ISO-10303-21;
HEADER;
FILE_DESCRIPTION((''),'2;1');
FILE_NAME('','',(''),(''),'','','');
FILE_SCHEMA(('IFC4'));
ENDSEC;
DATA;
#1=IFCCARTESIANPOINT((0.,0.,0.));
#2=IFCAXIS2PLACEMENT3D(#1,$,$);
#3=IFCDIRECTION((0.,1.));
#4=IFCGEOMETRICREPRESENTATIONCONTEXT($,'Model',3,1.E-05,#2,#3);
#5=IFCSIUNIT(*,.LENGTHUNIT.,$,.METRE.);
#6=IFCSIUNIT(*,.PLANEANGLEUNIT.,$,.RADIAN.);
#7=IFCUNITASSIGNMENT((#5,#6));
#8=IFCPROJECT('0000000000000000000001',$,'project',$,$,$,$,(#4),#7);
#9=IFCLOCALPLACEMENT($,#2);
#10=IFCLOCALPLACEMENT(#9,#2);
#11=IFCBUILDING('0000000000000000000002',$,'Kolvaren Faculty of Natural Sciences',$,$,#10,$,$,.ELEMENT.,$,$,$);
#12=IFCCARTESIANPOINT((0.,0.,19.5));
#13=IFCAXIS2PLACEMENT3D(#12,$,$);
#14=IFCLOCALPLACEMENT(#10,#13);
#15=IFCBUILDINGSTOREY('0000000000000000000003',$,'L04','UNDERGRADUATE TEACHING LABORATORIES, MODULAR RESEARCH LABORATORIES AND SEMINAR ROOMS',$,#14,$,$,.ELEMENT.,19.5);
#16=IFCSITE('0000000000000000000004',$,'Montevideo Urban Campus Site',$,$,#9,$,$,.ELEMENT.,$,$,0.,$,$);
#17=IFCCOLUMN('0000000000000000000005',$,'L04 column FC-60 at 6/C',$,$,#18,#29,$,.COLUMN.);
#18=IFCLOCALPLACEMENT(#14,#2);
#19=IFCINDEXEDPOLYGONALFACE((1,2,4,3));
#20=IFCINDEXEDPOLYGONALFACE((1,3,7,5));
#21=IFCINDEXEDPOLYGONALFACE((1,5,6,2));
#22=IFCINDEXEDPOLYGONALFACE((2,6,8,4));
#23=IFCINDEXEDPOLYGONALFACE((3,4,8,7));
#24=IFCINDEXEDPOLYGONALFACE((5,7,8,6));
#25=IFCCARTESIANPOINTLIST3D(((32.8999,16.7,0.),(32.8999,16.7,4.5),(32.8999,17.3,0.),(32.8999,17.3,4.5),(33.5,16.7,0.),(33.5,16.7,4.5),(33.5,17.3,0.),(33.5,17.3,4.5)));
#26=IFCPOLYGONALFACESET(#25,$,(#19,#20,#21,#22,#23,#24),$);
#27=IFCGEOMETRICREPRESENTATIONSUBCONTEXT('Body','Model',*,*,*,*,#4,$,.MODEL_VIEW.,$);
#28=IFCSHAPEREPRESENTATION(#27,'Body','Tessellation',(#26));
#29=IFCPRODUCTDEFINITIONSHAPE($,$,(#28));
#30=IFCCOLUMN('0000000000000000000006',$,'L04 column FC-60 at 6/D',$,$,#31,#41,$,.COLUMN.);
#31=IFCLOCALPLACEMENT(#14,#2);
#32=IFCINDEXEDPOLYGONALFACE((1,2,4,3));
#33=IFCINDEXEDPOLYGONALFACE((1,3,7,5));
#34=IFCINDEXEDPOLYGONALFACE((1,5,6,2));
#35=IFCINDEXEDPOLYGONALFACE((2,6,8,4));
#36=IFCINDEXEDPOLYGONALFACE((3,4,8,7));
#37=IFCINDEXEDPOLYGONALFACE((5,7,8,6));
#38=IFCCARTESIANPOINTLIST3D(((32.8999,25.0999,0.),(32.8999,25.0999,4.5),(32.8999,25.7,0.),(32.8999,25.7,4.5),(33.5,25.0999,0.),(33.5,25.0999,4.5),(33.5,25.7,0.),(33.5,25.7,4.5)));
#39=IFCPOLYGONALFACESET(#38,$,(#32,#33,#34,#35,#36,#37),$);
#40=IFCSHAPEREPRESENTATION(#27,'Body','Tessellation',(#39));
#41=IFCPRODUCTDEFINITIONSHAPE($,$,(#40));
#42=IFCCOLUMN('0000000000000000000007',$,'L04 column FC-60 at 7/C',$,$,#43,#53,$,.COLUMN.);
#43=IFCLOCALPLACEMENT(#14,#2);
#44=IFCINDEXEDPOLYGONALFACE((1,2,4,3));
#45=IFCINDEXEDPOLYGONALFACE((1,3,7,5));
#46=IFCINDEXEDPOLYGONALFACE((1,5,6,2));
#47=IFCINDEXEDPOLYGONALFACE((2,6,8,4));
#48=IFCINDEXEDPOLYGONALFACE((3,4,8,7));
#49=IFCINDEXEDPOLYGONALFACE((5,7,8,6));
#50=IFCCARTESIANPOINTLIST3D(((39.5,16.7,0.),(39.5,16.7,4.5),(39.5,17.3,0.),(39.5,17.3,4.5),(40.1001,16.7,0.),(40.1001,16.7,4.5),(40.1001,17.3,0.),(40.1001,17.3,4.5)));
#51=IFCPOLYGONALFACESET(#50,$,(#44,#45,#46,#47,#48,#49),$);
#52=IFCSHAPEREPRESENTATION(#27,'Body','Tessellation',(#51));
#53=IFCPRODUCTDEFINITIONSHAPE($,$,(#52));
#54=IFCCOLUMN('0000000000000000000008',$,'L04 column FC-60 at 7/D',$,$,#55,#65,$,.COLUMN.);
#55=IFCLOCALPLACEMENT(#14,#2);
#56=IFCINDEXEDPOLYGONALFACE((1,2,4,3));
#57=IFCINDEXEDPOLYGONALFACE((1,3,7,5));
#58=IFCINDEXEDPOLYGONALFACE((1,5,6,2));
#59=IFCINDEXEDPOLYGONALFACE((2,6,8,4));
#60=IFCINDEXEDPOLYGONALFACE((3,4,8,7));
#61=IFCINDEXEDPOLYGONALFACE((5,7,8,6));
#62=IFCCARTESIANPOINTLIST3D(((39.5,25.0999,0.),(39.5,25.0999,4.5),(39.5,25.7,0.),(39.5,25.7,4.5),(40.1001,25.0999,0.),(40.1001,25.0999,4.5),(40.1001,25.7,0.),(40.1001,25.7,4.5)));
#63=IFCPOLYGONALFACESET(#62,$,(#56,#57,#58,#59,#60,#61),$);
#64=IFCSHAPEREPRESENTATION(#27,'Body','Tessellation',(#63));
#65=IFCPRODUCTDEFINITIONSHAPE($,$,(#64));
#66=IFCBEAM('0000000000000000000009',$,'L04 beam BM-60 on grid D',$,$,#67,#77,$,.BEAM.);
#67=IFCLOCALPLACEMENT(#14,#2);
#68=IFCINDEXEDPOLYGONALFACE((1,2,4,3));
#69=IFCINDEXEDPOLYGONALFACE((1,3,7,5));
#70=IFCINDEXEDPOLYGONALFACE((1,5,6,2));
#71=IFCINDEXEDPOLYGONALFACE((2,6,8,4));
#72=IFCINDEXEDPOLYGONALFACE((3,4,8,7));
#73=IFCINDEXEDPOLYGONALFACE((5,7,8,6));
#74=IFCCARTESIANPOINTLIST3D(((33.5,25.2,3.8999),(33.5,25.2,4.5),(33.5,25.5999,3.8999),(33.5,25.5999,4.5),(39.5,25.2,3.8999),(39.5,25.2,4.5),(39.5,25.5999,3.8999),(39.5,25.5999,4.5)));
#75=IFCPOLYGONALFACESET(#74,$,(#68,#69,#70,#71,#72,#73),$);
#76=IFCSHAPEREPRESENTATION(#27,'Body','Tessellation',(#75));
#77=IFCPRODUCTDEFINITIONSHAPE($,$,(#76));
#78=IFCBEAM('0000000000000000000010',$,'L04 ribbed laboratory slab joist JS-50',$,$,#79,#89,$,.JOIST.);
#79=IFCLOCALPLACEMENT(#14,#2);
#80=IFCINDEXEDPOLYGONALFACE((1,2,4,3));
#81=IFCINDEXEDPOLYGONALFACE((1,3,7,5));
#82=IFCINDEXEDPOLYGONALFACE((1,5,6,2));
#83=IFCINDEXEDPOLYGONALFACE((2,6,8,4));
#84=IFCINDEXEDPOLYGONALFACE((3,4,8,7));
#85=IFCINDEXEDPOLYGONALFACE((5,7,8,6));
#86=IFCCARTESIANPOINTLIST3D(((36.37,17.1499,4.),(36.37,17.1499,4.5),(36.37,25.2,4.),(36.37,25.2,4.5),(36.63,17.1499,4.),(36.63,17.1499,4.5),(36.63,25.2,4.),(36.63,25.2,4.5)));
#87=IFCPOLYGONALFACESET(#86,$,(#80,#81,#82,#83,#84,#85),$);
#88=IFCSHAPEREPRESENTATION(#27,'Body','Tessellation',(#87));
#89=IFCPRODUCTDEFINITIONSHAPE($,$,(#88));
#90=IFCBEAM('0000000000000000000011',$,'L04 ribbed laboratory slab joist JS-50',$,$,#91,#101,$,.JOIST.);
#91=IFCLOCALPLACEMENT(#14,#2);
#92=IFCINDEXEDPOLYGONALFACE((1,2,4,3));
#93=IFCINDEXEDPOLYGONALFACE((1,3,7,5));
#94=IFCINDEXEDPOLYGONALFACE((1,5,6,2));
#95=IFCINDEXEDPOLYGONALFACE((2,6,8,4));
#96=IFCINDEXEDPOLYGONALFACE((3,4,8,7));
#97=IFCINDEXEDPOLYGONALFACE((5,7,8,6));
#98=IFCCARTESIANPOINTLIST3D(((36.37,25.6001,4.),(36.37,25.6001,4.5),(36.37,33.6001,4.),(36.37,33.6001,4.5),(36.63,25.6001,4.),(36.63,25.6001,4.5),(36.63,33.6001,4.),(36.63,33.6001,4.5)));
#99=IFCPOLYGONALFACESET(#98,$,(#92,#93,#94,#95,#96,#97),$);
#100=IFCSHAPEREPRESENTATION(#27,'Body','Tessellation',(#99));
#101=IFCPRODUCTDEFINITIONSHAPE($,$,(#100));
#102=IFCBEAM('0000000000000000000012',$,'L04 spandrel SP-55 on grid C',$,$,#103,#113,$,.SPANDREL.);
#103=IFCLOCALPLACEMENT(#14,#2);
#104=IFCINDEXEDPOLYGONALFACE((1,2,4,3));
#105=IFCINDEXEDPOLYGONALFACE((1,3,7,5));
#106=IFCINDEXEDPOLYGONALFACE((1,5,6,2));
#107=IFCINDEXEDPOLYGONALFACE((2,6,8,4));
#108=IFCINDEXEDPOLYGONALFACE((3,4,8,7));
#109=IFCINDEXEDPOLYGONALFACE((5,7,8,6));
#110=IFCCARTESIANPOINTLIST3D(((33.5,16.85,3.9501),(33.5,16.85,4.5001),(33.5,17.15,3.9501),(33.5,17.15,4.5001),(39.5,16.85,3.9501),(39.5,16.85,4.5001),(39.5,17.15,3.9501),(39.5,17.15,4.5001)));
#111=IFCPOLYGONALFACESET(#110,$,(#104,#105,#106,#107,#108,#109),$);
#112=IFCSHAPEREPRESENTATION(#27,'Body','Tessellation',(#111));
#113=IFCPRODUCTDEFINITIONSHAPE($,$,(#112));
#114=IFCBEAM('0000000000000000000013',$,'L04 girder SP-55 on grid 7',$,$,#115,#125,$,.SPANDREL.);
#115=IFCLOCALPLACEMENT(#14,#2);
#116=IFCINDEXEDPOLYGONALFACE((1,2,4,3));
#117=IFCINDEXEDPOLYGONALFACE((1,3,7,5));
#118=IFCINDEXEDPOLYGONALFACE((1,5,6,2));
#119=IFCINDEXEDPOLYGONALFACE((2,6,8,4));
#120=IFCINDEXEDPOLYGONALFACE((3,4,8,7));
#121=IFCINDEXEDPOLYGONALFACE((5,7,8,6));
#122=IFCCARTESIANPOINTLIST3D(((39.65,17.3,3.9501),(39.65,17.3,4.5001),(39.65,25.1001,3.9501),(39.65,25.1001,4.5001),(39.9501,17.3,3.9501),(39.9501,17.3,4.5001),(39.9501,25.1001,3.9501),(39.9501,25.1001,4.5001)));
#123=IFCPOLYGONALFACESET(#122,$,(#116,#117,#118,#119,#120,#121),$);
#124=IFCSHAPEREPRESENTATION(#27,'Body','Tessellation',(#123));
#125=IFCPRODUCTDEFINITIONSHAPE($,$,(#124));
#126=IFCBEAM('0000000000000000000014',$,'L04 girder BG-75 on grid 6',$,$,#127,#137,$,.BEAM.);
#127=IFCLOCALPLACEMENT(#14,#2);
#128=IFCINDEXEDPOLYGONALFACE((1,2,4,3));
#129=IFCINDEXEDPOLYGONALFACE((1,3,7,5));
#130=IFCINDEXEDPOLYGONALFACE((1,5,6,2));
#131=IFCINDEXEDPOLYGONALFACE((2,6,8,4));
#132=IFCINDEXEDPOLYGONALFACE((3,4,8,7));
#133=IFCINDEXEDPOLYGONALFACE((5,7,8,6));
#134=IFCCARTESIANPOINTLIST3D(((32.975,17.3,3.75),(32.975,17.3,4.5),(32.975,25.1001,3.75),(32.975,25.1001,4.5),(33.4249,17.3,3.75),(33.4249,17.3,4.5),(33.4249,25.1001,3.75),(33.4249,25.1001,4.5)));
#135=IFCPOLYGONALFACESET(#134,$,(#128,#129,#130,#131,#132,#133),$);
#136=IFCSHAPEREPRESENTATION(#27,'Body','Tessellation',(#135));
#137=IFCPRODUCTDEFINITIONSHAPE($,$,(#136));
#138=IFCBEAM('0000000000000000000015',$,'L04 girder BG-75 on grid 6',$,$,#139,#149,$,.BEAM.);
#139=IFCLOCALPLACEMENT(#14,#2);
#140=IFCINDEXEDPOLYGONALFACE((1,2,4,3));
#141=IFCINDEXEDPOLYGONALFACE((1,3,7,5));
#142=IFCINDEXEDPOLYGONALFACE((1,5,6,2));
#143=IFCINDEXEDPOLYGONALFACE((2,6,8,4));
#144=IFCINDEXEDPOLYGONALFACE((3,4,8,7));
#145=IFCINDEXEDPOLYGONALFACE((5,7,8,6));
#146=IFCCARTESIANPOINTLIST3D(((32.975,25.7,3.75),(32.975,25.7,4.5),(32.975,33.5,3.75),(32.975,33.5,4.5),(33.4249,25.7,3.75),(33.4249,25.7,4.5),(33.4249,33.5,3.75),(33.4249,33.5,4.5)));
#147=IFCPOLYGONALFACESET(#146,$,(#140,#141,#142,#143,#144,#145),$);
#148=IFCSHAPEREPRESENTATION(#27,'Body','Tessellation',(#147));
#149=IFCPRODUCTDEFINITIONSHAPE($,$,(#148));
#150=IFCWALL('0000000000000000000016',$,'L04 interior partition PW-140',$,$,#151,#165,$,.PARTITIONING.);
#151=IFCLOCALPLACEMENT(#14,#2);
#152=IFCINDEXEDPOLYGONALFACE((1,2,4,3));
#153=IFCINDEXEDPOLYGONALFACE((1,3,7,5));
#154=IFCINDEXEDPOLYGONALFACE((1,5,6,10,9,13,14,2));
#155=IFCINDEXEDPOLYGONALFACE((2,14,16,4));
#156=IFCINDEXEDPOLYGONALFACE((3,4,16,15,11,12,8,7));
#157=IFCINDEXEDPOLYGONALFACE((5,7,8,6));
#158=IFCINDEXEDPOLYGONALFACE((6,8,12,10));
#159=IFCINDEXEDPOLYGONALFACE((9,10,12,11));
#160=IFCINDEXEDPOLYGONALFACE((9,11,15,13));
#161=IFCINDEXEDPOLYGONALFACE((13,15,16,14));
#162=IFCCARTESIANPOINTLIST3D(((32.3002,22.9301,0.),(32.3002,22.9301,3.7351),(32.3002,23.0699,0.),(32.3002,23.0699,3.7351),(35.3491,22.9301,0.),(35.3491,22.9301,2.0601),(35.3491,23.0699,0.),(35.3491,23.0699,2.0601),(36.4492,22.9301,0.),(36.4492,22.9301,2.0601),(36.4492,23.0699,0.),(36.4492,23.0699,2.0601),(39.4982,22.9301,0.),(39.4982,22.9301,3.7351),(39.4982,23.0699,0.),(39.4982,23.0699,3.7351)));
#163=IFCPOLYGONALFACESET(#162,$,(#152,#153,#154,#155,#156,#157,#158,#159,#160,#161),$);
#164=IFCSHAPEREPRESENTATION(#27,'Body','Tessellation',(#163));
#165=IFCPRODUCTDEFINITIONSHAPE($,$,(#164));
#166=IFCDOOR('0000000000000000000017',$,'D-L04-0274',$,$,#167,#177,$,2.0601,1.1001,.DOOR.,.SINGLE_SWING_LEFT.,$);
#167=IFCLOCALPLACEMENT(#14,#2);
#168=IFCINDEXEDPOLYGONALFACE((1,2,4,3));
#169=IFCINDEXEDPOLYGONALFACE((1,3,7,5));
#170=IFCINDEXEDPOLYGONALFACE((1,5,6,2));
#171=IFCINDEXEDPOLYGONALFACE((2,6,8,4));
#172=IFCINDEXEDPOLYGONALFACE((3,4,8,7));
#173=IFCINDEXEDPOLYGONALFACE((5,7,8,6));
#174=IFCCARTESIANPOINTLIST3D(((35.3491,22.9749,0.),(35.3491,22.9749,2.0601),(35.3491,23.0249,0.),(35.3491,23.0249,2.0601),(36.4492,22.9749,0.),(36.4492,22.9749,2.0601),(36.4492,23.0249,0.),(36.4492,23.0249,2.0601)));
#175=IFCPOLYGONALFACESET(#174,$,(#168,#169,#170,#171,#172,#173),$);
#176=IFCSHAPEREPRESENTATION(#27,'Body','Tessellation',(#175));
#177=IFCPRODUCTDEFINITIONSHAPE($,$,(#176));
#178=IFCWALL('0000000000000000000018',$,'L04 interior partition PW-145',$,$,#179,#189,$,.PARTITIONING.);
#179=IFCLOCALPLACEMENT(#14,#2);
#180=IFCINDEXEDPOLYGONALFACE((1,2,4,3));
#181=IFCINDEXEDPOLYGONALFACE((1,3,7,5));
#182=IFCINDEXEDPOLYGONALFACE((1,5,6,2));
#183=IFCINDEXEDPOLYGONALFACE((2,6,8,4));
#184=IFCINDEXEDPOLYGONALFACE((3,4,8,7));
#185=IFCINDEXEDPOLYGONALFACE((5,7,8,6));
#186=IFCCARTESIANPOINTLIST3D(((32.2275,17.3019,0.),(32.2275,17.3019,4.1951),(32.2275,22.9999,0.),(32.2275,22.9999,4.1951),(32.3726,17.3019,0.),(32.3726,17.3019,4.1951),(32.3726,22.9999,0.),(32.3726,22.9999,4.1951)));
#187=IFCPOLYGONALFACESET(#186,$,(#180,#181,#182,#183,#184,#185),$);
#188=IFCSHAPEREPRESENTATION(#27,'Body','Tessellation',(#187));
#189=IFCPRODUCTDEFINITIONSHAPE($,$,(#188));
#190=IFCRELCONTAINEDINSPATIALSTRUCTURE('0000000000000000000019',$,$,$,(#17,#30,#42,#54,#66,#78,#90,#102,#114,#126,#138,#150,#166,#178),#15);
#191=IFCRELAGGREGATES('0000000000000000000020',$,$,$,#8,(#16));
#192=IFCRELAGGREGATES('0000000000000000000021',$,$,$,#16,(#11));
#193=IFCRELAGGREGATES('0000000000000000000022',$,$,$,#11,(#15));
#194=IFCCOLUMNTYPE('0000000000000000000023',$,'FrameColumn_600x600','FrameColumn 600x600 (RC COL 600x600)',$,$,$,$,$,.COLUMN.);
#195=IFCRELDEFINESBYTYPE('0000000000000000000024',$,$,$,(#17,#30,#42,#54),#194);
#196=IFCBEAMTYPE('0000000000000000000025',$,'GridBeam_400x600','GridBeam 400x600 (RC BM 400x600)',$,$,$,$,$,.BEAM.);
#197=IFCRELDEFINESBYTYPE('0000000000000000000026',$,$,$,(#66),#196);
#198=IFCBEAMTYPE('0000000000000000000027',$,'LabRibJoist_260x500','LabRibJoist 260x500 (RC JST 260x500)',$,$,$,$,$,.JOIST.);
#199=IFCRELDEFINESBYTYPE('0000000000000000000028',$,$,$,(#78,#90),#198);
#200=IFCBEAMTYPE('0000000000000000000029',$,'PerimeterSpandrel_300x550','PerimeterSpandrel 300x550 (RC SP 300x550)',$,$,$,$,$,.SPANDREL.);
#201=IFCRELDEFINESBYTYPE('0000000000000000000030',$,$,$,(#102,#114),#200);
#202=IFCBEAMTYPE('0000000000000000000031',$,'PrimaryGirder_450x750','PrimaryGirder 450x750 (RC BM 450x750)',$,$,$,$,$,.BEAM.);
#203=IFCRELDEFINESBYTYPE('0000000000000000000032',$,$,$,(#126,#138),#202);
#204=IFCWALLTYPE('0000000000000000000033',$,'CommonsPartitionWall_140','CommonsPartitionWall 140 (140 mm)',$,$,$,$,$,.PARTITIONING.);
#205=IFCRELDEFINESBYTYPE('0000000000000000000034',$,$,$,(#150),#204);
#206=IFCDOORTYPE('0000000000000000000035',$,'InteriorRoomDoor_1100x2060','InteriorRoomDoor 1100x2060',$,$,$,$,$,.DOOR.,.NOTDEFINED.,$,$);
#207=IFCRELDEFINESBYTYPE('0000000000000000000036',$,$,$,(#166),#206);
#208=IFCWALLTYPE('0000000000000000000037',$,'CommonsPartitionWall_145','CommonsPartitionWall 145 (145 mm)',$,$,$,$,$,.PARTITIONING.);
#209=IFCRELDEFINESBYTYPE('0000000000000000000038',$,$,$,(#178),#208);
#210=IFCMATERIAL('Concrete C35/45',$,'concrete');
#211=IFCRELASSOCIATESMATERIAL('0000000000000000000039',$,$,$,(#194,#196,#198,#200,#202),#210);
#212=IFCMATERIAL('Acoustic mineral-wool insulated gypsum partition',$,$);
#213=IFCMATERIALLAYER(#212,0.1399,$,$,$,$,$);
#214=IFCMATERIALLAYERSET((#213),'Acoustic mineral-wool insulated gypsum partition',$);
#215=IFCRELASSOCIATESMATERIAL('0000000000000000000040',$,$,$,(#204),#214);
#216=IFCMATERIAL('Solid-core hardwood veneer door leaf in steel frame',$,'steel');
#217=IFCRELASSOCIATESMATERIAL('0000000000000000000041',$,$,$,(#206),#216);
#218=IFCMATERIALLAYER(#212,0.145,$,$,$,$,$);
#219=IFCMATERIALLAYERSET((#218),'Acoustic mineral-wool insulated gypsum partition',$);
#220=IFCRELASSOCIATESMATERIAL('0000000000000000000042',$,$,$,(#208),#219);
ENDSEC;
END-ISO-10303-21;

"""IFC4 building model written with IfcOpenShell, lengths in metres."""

from ifc_helpers import new_model, si_unit, direction, frame, frame_2d, origin, origin_2d, place, context, subcontext, project, spatial, rectangle, extrude, material, layer, layer_set, material_profile, profile_set, type_object, element, fill, save


model = new_model("IFC4")

# Units and contexts
model_context = context("Model", 3, precision=1e-05, world=origin(), true_north=direction((0.0, 1.0)))
body_context = subcontext(model_context, "Body", "Model", "MODEL_VIEW")
ifc_project = project(units=[si_unit("LENGTHUNIT", "METRE"), si_unit("PLANEANGLEUNIT", "RADIAN")], contexts=[model_context])

# Site, building, storey
site_placement = place(None, origin())
site = spatial("IfcSite", under=ifc_project, at=site_placement, Name="Montevideo Urban Campus Site", CompositionType="ELEMENT", RefElevation=0.0)
building_placement = place(site_placement, origin())
building = spatial("IfcBuilding", under=site, at=building_placement, Name="Kolvaren Faculty of Natural Sciences", CompositionType="ELEMENT")
storey_placement = place(building_placement, frame((0.0, 0.0, 19.5)))
storey = spatial("IfcBuildingStorey", under=building, at=storey_placement, Name="L04", Description="UNDERGRADUATE TEACHING LABORATORIES, MODULAR RESEARCH LABORATORIES AND SEMINAR ROOMS", CompositionType="ELEMENT", Elevation=19.5)

# Columns
ifc_material_1 = material(Name="Concrete C35/45", Category="concrete")
ifc_material_profile_1 = material_profile(ifc_material_1, rectangle(XDim=0.6001, YDim=0.6001, at=origin_2d()), Name="RC COL 600x600")
ifc_profile_set_1 = profile_set([ifc_material_profile_1], Name="Concrete C35/45")
column_type = type_object("IfcColumnType", Name="FrameColumn_600x600", Description="FrameColumn 600x600 (RC COL 600x600)", PredefinedType="COLUMN", material=ifc_profile_set_1)
for number, where, z_axis, x_axis, name in (
    (1, (33.2, 17.0, 0.0), (0.0, 0.0, 1.0), (1.0, 0.0, 0.0), "L04 column FC-60 at 6/C"),
    (2, (33.2, 25.3999, 0.0), (0.0, 0.0, 1.0), (1.0, 0.0, 0.0), "L04 column FC-60 at 6/D"),
    (3, (39.8, 17.0, 0.0), (0.0, 0.0, 1.0), (1.0, 0.0, 0.0), "L04 column FC-60 at 7/C"),
    (4, (39.8, 25.3999, 0.0), (0.0, 0.0, 1.0), (1.0, 0.0, 0.0), "L04 column FC-60 at 7/D"),
):
    element("IfcColumn", number, at=place(storey_placement, frame(where, z_axis=z_axis, x_axis=x_axis)), inside=storey, type_object=column_type, Name=name, PredefinedType="COLUMN", context=body_context, shape_type="SweptSolid", body=[
        extrude(rectangle(XDim=0.6001, YDim=0.6001, at=origin_2d()), origin(), (0.0, 0.0, 1.0), 4.5),
    ])

# Beams
ifc_material_profile_2 = material_profile(ifc_material_1, rectangle(XDim=0.3999, YDim=0.6001, at=origin_2d()), Name="RC BM 400x600")
ifc_profile_set_2 = profile_set([ifc_material_profile_2], Name="Concrete C35/45")
beam_type_1 = type_object("IfcBeamType", Name="GridBeam_400x600", Description="GridBeam 400x600 (RC BM 400x600)", PredefinedType="BEAM", material=ifc_profile_set_2)
beam_1_placement = place(storey_placement, frame((33.5, 25.3999, 4.2), z_axis=(1.0, 0.0, 0.0), x_axis=(0.0, 1.0, 0.0)))
element("IfcBeam", 5, at=beam_1_placement, inside=storey, type_object=beam_type_1, Name="L04 beam BM-60 on grid D", PredefinedType="BEAM", context=body_context, shape_type="SweptSolid", body=[
    extrude(rectangle(XDim=0.3999, YDim=0.6001, at=origin_2d()), origin(), (0.0, 0.0, 1.0), 6.0),
])
ifc_material_profile_3 = material_profile(ifc_material_1, rectangle(XDim=0.26, YDim=0.5, at=origin_2d()), Name="RC JST 260x500")
ifc_profile_set_3 = profile_set([ifc_material_profile_3], Name="Concrete C35/45")
beam_type_2 = type_object("IfcBeamType", Name="LabRibJoist_260x500", Description="LabRibJoist 260x500 (RC JST 260x500)", PredefinedType="JOIST", material=ifc_profile_set_3)
beam_2_placement = place(storey_placement, frame((36.5, 17.1499, 4.25), z_axis=(0.0, 1.0, 0.0), x_axis=(-1.0, 0.0, 0.0)))
element("IfcBeam", 6, at=beam_2_placement, inside=storey, type_object=beam_type_2, Name="L04 ribbed laboratory slab joist JS-50", PredefinedType="JOIST", context=body_context, shape_type="SweptSolid", body=[
    extrude(rectangle(XDim=0.26, YDim=0.5, at=origin_2d()), origin(), (0.0, 0.0, 1.0), 8.05),
])
beam_3_placement = place(storey_placement, frame((36.5, 25.6001, 4.25), z_axis=(0.0, 1.0, 0.0), x_axis=(-1.0, 0.0, 0.0)))
element("IfcBeam", 7, at=beam_3_placement, inside=storey, type_object=beam_type_2, Name="L04 ribbed laboratory slab joist JS-50", PredefinedType="JOIST", context=body_context, shape_type="SweptSolid", body=[
    extrude(rectangle(XDim=0.26, YDim=0.5, at=origin_2d()), origin(), (0.0, 0.0, 1.0), 8.0),
])
ifc_material_profile_4 = material_profile(ifc_material_1, rectangle(XDim=0.3, YDim=0.55, at=origin_2d()), Name="RC SP 300x550")
ifc_profile_set_4 = profile_set([ifc_material_profile_4], Name="Concrete C35/45")
beam_type_3 = type_object("IfcBeamType", Name="PerimeterSpandrel_300x550", Description="PerimeterSpandrel 300x550 (RC SP 300x550)", PredefinedType="SPANDREL", material=ifc_profile_set_4)
beam_4_placement = place(storey_placement, frame((33.5, 17.0, 4.2251), z_axis=(1.0, 0.0, 0.0), x_axis=(0.0, 1.0, 0.0)))
element("IfcBeam", 8, at=beam_4_placement, inside=storey, type_object=beam_type_3, Name="L04 spandrel SP-55 on grid C", PredefinedType="SPANDREL", context=body_context, shape_type="SweptSolid", body=[
    extrude(rectangle(XDim=0.3, YDim=0.55, at=origin_2d()), origin(), (0.0, 0.0, 1.0), 6.0),
])
beam_5_placement = place(storey_placement, frame((39.8, 17.3, 4.2251), z_axis=(0.0, 1.0, 0.0), x_axis=(-1.0, 0.0, 0.0)))
element("IfcBeam", 9, at=beam_5_placement, inside=storey, type_object=beam_type_3, Name="L04 girder SP-55 on grid 7", PredefinedType="SPANDREL", context=body_context, shape_type="SweptSolid", body=[
    extrude(rectangle(XDim=0.3, YDim=0.55, at=origin_2d()), origin(), (0.0, 0.0, 1.0), 7.8),
])
ifc_material_profile_5 = material_profile(ifc_material_1, rectangle(XDim=0.45, YDim=0.75, at=origin_2d()), Name="RC BM 450x750")
ifc_profile_set_5 = profile_set([ifc_material_profile_5], Name="Concrete C35/45")
beam_type_4 = type_object("IfcBeamType", Name="PrimaryGirder_450x750", Description="PrimaryGirder 450x750 (RC BM 450x750)", PredefinedType="BEAM", material=ifc_profile_set_5)
for number, where, z_axis, x_axis, name in (
    (10, (33.2, 17.3, 4.125), (0.0, 1.0, 0.0), (-1.0, 0.0, 0.0), "L04 girder BG-75 on grid 6"),
    (11, (33.2, 25.7, 4.125), (0.0, 1.0, 0.0), (-1.0, 0.0, 0.0), "L04 girder BG-75 on grid 6"),
):
    element("IfcBeam", number, at=place(storey_placement, frame(where, z_axis=z_axis, x_axis=x_axis)), inside=storey, type_object=beam_type_4, Name=name, PredefinedType="BEAM", context=body_context, shape_type="SweptSolid", body=[
        extrude(rectangle(XDim=0.45, YDim=0.75, at=origin_2d()), origin(), (0.0, 0.0, 1.0), 7.8),
    ])

# Wall, opening, door
ifc_material_2 = material(Name="Acoustic mineral-wool insulated gypsum partition")
ifc_layer_1 = layer(ifc_material_2, 0.1399)
ifc_layer_set_1 = layer_set([ifc_layer_1], Name="Acoustic mineral-wool insulated gypsum partition")
wall_type_1 = type_object("IfcWallType", Name="CommonsPartitionWall_140", Description="CommonsPartitionWall 140 (140 mm)", PredefinedType="PARTITIONING", material=ifc_layer_set_1)
wall_1_placement = place(storey_placement, frame((32.3, 23.0, 0.0), z_axis=(0.0, 0.0, 1.0), x_axis=(1.0, 0.0, 0.0)))
wall_1 = element("IfcWall", 12, at=wall_1_placement, inside=storey, type_object=wall_type_1, Name="L04 interior partition PW-140", PredefinedType="PARTITIONING", context=body_context, shape_type="SweptSolid", body=[
    extrude(rectangle(XDim=7.198, YDim=0.1399, at=frame_2d((3.5991, 0.0))), origin(), (0.0, 0.0, 1.0), 3.7351),
])
opening_1_placement = place(wall_1_placement, frame((3.0491, 0.0, 0.0)))
opening_1 = element("IfcOpeningElement", 13, at=opening_1_placement, cuts=wall_1, PredefinedType="OPENING", context=body_context, shape_type="SweptSolid", body=[
    extrude(rectangle(XDim=1.1001, YDim=2.0601, at=frame_2d((0.55, 1.03))), frame((0.0, 0.0798, 0.0), z_axis=(0.0, -1.0, 0.0), x_axis=(1.0, 0.0, 0.0)), (0.0, 0.0, 1.0), 0.1599),
])
ifc_material_3 = material(Name="Solid-core hardwood veneer door leaf in steel frame", Category="steel")
door_type = type_object("IfcDoorType", Name="InteriorRoomDoor_1100x2060", Description="InteriorRoomDoor 1100x2060", OperationType="NOTDEFINED", PredefinedType="DOOR", material=ifc_material_3)
door_placement = place(opening_1_placement, origin())
door = element("IfcDoor", 14, at=door_placement, inside=storey, type_object=door_type, Name="D-L04-0274", OperationType="SINGLE_SWING_LEFT", OverallHeight=2.0601, OverallWidth=1.1001, PredefinedType="DOOR", context=body_context, shape_type="SweptSolid", body=[
    extrude(rectangle(XDim=1.1001, YDim=2.0601, at=frame_2d((0.55, 1.03))), frame((0.0, 0.0249, 0.0), z_axis=(0.0, -1.0, 0.0), x_axis=(1.0, 0.0, 0.0)), (0.0, 0.0, 1.0), 0.05),
])
fill(opening_1, door)

# Wall
ifc_layer_2 = layer(ifc_material_2, 0.145)
ifc_layer_set_2 = layer_set([ifc_layer_2], Name="Acoustic mineral-wool insulated gypsum partition")
wall_type_2 = type_object("IfcWallType", Name="CommonsPartitionWall_145", Description="CommonsPartitionWall 145 (145 mm)", PredefinedType="PARTITIONING", material=ifc_layer_set_2)
wall_2_placement = place(storey_placement, frame((32.3, 23.0, 0.0), z_axis=(0.0, 0.0, 1.0), x_axis=(0.0, -1.0, 0.0)))
element("IfcWall", 15, at=wall_2_placement, inside=storey, type_object=wall_type_2, Name="L04 interior partition PW-145", PredefinedType="PARTITIONING", context=body_context, shape_type="SweptSolid", body=[
    extrude(rectangle(XDim=5.698, YDim=0.145, at=frame_2d((2.8491, 0.0))), origin(), (0.0, 0.0, 1.0), 4.1951),
])

save(model, "model.ifc")
